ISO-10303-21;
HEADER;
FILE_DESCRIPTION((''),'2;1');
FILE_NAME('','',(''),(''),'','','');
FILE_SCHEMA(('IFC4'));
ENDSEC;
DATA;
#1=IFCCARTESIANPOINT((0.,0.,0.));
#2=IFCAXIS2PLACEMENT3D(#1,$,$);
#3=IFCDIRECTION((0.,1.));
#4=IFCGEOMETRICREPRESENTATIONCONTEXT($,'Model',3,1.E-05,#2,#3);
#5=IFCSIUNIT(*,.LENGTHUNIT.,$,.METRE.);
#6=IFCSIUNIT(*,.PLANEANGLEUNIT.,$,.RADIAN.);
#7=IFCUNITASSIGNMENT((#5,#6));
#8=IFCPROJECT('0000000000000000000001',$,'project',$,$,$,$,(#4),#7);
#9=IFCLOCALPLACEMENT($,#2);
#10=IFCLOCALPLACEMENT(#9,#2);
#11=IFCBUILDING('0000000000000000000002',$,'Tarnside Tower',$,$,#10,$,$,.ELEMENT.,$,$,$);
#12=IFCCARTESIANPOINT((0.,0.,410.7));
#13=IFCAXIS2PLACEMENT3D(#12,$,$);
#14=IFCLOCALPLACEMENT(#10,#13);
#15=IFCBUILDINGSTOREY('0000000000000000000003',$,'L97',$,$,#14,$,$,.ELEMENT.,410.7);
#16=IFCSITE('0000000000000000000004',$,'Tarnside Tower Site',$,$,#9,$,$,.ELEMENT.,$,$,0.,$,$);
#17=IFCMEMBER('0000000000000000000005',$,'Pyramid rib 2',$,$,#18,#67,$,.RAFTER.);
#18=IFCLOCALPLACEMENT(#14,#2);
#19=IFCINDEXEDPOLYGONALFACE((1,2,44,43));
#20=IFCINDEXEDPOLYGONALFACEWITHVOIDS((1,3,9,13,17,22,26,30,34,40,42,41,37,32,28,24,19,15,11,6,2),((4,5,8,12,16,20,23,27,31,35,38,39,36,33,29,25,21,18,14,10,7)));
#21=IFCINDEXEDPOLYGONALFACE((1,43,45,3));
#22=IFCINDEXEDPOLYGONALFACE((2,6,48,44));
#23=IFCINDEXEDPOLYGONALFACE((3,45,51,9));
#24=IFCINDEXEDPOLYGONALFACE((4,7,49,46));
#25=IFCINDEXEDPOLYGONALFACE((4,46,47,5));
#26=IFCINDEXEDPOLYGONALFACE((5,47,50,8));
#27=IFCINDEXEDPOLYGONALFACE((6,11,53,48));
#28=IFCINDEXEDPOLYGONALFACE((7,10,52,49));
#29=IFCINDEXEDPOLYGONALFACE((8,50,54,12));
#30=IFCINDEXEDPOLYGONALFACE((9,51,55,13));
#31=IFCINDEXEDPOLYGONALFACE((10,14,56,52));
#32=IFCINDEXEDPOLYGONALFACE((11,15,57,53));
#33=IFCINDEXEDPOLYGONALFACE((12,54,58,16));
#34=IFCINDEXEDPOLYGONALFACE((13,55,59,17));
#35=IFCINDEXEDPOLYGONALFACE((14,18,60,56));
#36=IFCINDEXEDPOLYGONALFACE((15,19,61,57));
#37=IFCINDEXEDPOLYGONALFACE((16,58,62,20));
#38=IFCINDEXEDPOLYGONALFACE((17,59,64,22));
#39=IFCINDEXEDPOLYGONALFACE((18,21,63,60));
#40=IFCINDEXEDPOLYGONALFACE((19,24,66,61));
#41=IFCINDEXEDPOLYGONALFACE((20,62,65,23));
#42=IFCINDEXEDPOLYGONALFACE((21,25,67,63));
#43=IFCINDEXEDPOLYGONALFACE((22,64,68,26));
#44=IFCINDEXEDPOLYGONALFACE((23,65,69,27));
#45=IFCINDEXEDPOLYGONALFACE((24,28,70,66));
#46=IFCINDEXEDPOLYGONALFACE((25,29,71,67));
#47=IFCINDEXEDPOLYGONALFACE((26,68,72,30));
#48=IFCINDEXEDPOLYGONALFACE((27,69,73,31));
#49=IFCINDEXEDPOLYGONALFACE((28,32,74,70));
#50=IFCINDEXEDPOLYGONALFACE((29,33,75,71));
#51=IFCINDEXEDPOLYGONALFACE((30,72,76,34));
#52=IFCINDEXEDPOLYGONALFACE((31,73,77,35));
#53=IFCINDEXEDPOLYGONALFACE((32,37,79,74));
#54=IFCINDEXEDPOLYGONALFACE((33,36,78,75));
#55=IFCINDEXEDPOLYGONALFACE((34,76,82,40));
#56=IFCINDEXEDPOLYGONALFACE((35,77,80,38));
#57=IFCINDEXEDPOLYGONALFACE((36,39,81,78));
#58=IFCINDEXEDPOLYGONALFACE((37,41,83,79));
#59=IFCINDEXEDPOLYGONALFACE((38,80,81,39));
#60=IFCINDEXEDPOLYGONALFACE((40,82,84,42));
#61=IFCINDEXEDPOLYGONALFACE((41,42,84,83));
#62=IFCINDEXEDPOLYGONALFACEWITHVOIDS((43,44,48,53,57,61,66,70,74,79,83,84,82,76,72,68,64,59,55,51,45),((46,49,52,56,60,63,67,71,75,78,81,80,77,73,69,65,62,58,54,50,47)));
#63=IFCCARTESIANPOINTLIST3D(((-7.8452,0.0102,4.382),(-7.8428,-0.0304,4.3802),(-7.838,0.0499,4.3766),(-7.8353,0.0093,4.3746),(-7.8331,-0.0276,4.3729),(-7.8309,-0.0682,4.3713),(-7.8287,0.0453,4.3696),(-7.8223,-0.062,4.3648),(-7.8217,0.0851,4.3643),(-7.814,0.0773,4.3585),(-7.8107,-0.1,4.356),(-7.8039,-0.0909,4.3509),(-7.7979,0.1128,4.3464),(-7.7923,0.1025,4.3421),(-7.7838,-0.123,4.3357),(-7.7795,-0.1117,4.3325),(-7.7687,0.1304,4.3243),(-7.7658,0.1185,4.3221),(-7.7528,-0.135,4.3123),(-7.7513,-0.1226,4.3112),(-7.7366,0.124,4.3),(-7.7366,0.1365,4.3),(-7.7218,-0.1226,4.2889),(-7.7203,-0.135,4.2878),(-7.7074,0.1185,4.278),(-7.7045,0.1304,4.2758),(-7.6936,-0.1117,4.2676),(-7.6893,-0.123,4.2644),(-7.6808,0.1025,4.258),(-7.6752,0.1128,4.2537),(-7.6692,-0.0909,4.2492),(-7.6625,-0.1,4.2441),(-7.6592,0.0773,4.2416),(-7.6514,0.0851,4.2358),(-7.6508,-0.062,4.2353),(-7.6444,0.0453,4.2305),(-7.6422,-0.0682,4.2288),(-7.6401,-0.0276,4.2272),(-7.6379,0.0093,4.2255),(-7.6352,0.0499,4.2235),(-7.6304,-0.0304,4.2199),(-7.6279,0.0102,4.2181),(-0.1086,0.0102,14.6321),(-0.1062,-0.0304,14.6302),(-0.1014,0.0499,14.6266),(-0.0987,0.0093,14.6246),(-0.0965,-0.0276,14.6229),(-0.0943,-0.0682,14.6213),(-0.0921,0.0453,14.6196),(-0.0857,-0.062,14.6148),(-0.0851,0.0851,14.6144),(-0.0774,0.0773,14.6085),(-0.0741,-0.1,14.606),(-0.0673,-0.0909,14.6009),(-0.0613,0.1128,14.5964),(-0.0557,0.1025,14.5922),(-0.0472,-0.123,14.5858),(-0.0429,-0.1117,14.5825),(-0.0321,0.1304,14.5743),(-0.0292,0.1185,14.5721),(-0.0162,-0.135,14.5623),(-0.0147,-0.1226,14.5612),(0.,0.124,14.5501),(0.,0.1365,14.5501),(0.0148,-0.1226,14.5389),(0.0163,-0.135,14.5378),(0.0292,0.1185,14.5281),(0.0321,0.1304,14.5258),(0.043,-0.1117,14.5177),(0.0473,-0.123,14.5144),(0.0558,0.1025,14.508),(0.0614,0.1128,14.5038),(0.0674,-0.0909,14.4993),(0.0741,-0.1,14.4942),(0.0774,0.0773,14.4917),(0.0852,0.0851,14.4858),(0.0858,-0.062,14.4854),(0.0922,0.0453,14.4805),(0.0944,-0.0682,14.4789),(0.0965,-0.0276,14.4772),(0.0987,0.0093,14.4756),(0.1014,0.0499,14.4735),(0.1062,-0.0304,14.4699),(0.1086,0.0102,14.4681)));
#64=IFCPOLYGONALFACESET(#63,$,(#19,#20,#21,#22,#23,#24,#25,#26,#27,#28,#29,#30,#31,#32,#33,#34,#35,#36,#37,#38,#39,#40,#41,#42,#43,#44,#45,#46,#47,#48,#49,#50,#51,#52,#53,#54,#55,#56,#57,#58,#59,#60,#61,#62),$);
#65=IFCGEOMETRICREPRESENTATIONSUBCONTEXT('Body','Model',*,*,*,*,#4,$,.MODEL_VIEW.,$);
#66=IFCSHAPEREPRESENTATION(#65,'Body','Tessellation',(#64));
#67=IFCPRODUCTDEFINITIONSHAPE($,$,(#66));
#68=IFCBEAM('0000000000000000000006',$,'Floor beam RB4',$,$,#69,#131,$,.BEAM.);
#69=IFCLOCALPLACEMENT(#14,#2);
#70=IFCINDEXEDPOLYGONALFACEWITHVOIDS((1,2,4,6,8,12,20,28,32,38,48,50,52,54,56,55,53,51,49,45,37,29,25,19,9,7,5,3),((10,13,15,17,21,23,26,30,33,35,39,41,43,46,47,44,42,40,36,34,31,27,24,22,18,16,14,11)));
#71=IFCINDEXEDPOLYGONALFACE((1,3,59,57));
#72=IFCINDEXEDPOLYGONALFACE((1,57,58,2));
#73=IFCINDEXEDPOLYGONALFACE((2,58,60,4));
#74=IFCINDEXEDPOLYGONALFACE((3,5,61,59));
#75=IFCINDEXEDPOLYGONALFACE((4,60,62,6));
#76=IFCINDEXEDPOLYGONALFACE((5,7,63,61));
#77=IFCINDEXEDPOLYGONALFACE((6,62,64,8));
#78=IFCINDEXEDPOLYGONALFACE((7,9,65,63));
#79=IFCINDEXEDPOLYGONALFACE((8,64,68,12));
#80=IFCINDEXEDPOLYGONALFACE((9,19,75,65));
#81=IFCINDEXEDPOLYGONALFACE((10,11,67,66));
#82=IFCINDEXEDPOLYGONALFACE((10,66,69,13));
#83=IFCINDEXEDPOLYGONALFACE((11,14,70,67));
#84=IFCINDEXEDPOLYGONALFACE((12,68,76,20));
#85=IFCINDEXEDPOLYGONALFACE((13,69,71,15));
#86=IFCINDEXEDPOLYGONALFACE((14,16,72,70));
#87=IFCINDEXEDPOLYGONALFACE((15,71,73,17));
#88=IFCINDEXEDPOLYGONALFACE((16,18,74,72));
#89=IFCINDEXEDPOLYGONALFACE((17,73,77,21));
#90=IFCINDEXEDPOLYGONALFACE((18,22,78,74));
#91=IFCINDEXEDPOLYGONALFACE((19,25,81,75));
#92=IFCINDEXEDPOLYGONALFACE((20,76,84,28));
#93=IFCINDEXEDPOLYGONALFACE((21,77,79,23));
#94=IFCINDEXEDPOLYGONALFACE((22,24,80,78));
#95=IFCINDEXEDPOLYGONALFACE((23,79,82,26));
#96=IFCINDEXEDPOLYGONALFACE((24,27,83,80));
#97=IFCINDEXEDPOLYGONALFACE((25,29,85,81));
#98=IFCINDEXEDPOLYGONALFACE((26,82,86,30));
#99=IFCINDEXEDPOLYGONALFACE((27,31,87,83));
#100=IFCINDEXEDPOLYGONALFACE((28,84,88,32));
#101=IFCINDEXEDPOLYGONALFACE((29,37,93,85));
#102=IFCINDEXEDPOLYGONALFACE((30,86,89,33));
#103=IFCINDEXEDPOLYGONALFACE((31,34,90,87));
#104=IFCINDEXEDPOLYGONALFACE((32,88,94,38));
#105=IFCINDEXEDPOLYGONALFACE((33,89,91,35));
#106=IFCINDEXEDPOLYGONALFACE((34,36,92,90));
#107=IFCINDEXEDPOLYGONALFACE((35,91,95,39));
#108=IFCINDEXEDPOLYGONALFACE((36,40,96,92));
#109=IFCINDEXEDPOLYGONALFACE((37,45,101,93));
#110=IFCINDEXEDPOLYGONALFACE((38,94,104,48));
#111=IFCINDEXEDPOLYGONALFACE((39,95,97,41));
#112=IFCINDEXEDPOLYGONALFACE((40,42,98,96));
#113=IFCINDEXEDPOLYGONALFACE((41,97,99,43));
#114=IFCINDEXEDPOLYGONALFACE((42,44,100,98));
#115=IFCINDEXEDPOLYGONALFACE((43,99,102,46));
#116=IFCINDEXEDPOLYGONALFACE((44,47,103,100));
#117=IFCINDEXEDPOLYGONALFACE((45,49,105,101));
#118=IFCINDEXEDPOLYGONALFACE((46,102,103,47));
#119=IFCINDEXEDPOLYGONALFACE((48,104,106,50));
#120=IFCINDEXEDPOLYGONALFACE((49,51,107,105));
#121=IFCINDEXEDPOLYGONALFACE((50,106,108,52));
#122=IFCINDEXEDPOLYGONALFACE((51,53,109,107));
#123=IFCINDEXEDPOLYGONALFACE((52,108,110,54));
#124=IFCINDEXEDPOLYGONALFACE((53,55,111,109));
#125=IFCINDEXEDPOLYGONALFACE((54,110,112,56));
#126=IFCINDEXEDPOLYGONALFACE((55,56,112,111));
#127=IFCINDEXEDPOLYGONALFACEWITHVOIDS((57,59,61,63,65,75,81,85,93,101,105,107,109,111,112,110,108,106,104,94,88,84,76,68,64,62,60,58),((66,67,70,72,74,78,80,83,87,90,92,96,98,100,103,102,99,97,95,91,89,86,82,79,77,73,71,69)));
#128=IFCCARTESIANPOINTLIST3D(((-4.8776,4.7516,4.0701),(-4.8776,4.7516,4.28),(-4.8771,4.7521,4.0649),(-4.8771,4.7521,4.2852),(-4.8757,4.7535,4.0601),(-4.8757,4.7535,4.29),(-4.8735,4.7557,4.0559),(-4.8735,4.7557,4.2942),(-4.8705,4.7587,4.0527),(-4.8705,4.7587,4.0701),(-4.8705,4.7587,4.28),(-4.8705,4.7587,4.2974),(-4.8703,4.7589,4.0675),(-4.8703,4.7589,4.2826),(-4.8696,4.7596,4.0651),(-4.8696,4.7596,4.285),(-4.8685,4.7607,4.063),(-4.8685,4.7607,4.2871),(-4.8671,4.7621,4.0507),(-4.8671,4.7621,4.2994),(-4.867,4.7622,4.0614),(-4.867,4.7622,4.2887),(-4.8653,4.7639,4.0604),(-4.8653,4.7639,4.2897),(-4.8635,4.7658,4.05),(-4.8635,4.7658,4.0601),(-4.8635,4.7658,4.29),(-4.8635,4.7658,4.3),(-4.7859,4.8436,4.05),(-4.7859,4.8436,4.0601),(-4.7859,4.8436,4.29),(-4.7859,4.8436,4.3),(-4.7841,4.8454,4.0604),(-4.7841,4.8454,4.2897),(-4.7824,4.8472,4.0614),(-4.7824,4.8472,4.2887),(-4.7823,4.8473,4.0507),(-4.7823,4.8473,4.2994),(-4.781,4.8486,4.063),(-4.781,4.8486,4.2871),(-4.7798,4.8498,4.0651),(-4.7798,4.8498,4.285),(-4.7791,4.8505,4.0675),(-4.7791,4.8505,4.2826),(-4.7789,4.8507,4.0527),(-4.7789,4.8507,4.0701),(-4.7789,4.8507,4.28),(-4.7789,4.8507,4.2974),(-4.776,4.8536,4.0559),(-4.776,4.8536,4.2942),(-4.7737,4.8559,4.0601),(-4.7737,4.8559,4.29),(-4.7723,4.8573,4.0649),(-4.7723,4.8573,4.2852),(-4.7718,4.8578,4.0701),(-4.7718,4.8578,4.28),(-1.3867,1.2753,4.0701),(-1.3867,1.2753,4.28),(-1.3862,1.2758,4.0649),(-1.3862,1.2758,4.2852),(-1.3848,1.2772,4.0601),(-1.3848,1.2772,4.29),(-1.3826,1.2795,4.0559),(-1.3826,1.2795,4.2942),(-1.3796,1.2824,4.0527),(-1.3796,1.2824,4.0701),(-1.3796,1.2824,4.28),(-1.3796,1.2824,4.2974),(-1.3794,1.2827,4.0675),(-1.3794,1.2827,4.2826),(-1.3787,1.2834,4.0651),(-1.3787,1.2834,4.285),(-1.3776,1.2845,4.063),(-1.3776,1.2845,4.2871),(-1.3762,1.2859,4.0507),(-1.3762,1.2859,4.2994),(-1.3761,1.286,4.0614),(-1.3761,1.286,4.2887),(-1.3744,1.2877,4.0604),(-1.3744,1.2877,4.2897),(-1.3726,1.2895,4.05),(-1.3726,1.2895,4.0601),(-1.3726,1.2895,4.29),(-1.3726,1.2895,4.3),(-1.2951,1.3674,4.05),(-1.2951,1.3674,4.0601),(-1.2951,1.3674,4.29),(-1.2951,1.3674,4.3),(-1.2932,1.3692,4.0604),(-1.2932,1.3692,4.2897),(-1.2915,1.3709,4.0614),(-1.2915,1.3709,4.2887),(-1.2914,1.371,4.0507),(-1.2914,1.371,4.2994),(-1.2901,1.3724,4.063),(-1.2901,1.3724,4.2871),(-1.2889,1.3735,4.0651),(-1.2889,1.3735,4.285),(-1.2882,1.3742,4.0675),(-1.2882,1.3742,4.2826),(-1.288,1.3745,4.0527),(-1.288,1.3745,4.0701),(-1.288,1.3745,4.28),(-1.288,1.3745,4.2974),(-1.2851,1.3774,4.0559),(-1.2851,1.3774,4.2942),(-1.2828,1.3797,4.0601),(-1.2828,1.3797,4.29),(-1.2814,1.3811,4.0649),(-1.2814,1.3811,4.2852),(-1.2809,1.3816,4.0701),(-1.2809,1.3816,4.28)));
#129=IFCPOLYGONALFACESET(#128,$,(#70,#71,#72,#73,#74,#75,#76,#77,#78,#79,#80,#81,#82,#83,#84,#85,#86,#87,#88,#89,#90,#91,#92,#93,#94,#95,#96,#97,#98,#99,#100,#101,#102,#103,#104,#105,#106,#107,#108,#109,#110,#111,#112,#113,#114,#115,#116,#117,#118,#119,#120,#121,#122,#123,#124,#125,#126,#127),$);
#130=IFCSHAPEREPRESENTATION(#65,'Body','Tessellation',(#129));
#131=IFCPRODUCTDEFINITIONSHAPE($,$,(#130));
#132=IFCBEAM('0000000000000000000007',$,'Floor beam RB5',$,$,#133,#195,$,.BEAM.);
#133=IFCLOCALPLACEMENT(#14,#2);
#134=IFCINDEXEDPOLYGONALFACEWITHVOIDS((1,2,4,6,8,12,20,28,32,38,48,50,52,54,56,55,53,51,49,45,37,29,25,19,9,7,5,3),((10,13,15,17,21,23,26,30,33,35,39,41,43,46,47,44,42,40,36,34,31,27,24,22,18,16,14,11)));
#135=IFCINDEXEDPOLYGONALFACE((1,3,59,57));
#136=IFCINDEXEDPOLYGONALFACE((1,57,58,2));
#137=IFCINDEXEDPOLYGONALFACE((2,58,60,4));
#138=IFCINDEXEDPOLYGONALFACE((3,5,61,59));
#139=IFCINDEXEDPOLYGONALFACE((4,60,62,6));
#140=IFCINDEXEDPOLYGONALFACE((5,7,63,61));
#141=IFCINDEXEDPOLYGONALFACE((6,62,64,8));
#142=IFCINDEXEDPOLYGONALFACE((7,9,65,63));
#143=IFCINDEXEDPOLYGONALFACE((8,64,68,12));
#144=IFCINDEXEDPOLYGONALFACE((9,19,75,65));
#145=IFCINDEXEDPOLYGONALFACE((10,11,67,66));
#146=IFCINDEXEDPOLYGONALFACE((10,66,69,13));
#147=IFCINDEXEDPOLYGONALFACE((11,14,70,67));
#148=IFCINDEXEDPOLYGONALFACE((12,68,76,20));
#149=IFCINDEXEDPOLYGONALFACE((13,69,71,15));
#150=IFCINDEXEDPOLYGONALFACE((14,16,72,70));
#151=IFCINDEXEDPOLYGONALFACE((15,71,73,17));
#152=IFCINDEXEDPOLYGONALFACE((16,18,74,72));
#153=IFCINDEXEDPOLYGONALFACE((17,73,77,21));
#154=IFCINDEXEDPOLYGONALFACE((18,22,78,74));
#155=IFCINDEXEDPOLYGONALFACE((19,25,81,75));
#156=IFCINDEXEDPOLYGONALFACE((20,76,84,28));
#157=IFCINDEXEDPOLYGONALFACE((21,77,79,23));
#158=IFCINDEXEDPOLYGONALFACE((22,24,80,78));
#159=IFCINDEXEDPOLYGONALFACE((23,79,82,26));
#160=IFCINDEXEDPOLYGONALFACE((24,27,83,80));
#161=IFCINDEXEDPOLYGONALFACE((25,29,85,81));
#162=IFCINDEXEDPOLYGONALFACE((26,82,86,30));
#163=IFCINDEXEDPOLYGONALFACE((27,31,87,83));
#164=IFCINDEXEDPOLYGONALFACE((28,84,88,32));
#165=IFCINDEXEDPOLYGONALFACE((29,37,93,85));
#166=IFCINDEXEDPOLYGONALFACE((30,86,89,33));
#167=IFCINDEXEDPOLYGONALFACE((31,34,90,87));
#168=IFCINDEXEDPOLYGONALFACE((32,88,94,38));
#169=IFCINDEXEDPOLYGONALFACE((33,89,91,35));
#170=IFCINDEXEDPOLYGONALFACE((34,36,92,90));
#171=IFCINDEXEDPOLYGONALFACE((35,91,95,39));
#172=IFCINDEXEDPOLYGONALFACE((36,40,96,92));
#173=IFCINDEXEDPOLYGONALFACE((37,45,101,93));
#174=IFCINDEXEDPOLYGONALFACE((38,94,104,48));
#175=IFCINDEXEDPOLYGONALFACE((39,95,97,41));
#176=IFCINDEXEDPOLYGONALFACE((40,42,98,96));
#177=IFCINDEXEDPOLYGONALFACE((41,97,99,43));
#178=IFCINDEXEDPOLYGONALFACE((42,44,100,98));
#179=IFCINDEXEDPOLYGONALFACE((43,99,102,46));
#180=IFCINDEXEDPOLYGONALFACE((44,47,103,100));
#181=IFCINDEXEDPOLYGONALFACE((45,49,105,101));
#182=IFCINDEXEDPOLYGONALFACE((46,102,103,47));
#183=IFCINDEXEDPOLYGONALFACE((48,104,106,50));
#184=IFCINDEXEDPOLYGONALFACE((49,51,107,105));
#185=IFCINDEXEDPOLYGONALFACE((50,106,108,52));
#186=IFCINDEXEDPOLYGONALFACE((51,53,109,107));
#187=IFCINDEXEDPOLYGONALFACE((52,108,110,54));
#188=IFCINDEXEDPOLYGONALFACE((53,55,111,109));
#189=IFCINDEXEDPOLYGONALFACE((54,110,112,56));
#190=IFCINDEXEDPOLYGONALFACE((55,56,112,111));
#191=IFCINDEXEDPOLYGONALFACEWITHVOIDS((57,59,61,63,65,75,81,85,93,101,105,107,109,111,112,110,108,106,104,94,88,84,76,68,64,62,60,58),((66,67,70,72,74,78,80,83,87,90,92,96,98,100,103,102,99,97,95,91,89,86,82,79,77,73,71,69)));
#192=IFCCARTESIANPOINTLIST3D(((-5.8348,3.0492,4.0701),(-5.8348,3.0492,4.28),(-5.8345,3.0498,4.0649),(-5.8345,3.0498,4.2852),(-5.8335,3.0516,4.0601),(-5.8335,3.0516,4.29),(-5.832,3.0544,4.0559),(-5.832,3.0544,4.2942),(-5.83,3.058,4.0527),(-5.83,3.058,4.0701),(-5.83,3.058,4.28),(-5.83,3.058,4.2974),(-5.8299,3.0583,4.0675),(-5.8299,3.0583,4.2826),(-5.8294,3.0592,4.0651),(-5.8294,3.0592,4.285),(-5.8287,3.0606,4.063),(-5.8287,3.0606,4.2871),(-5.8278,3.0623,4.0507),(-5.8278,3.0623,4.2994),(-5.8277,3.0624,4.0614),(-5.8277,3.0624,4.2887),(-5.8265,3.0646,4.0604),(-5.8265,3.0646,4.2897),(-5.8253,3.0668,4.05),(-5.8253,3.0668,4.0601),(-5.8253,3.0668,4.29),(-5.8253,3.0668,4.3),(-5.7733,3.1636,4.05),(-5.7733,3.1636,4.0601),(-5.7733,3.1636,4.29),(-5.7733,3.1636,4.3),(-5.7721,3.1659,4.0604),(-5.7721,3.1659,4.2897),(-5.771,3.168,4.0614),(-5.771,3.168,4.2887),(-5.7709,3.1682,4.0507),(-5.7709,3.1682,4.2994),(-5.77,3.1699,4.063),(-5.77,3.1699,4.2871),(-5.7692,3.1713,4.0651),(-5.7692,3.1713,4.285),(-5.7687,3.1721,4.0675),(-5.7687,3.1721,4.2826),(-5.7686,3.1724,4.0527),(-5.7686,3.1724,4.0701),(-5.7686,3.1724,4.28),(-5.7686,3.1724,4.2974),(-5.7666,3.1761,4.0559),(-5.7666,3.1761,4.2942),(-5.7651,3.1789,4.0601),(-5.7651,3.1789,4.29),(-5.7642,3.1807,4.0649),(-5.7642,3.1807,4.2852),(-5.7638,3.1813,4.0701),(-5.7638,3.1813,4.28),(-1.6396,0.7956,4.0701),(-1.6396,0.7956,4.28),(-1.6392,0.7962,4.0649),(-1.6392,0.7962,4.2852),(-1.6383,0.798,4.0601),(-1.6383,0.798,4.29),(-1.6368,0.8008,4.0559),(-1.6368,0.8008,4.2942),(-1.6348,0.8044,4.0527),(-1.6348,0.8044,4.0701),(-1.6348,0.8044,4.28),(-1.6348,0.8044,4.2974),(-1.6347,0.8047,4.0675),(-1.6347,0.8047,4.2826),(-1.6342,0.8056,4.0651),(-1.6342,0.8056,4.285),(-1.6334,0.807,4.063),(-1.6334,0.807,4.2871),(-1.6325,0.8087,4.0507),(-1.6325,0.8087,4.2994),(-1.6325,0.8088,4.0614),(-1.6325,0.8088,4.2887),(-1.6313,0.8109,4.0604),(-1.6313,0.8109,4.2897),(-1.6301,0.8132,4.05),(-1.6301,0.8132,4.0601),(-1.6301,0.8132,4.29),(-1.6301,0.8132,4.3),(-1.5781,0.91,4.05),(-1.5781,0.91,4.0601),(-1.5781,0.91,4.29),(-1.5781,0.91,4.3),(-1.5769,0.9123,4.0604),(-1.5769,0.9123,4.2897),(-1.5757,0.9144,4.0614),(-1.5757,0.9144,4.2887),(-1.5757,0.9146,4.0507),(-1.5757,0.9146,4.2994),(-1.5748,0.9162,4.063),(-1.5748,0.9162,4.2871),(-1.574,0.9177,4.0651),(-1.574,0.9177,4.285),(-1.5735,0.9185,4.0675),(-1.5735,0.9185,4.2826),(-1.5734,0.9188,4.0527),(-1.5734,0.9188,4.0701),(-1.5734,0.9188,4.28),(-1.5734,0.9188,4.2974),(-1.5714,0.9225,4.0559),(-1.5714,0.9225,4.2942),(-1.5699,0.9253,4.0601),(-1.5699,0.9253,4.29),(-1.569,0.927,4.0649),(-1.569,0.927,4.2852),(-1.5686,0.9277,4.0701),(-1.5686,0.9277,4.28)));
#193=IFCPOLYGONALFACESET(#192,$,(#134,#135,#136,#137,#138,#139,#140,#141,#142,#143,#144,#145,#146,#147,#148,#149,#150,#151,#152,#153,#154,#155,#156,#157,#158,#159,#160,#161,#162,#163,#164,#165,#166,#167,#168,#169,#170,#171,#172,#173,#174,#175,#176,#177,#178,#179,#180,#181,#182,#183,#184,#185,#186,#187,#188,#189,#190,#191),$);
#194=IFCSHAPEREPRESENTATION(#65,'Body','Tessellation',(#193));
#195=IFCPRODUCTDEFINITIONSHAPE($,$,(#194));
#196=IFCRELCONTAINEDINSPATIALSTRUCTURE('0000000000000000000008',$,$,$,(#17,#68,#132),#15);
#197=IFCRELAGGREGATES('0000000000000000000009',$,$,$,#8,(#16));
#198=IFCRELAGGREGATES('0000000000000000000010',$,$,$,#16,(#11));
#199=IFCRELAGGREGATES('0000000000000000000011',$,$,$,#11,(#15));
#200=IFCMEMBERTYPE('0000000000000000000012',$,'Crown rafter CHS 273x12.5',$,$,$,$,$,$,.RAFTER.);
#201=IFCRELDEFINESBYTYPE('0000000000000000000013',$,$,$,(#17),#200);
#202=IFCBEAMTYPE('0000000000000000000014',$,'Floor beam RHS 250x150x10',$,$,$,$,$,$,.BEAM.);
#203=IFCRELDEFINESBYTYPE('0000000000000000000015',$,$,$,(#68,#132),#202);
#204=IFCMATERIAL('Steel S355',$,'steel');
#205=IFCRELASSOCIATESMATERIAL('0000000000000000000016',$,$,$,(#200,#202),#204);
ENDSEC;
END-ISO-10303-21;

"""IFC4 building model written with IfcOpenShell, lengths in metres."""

from ifc_helpers import new_model, si_unit, direction, frame, origin, origin_2d, place, context, subcontext, project, spatial, hollow_rectangle, hollow_circle, extrude, material, material_profile, profile_set, type_object, element, save


model = new_model("IFC4")

# Units and contexts
model_context = context("Model", 3, precision=1e-05, world=origin(), true_north=direction((0.0, 1.0)))
body_context = subcontext(model_context, "Body", "Model", "MODEL_VIEW")
ifc_project = project(units=[si_unit("LENGTHUNIT", "METRE"), si_unit("PLANEANGLEUNIT", "RADIAN")], contexts=[model_context])

# Site, building, storey
site_placement = place(None, origin())
site = spatial("IfcSite", under=ifc_project, at=site_placement, Name="Tarnside Tower Site", CompositionType="ELEMENT", RefElevation=0.0)
building_placement = place(site_placement, origin())
building = spatial("IfcBuilding", under=site, at=building_placement, Name="Tarnside Tower", CompositionType="ELEMENT")
storey_placement = place(building_placement, frame((0.0, 0.0, 410.7)))
storey = spatial("IfcBuildingStorey", under=building, at=storey_placement, Name="L97", CompositionType="ELEMENT", Elevation=410.7)

# Member
ifc_material_1 = material(Name="Steel S355", Category="steel")
ifc_material_profile_1 = material_profile(ifc_material_1, hollow_circle(Radius=0.1365, WallThickness=0.0125, at=origin_2d()), Name="CHS 273x12.5")
ifc_profile_set_1 = profile_set([ifc_material_profile_1], Name="Steel S355")
member_type_1 = type_object("IfcMemberType", Name="Crown rafter CHS 273x12.5", PredefinedType="RAFTER", material=ifc_profile_set_1)
member_1_placement = place(storey_placement, frame((-7.7366, 0.0, 4.3), z_axis=(0.602443, 0.0, 0.798162), x_axis=(0.0, 1.0, 0.0)))
element("IfcMember", 1, at=member_1_placement, inside=storey, type_object=member_type_1, Name="Pyramid rib 2", PredefinedType="RAFTER", context=body_context, shape_type="SweptSolid", body=[
    extrude(hollow_circle(Radius=0.1365, WallThickness=0.0125, at=origin_2d()), origin(), (0.0, 0.0, 1.0), 12.842),
])

# Beams
ifc_material_profile_2 = material_profile(ifc_material_1, hollow_rectangle(XDim=0.1499, YDim=0.25, WallThickness=0.01, InnerFilletRadius=0.01, OuterFilletRadius=0.02, at=origin_2d()), Name="RHS 250x150x10")
ifc_profile_set_2 = profile_set([ifc_material_profile_2], Name="Steel S355")
beam_type_1 = type_object("IfcBeamType", Name="Floor beam RHS 250x150x10", PredefinedType="BEAM", material=ifc_profile_set_2)
beam_1_placement = place(storey_placement, frame((-4.8247, 4.8047, 4.175), z_axis=(0.708592, -0.705619, 0.0), x_axis=(0.705619, 0.708592, 0.0)))
element("IfcBeam", 2, at=beam_1_placement, inside=storey, type_object=beam_type_1, Name="Floor beam RB4", PredefinedType="BEAM", context=body_context, shape_type="SweptSolid", body=[
    extrude(hollow_rectangle(XDim=0.1499, YDim=0.25, WallThickness=0.01, InnerFilletRadius=0.01, OuterFilletRadius=0.02, at=origin_2d()), origin(), (0.0, 0.0, 1.0), 4.9265),
])
beam_2_placement = place(storey_placement, frame((-5.7993, 3.1152, 4.175), z_axis=(0.88094, -0.473228, 0.0), x_axis=(0.473228, 0.88094, 0.0)))
element("IfcBeam", 3, at=beam_2_placement, inside=storey, type_object=beam_type_1, Name="Floor beam RB5", PredefinedType="BEAM", context=body_context, shape_type="SweptSolid", body=[
    extrude(hollow_rectangle(XDim=0.1499, YDim=0.25, WallThickness=0.01, InnerFilletRadius=0.01, OuterFilletRadius=0.02, at=origin_2d()), origin(), (0.0, 0.0, 1.0), 4.7622),
])

save(model, "model.ifc")
